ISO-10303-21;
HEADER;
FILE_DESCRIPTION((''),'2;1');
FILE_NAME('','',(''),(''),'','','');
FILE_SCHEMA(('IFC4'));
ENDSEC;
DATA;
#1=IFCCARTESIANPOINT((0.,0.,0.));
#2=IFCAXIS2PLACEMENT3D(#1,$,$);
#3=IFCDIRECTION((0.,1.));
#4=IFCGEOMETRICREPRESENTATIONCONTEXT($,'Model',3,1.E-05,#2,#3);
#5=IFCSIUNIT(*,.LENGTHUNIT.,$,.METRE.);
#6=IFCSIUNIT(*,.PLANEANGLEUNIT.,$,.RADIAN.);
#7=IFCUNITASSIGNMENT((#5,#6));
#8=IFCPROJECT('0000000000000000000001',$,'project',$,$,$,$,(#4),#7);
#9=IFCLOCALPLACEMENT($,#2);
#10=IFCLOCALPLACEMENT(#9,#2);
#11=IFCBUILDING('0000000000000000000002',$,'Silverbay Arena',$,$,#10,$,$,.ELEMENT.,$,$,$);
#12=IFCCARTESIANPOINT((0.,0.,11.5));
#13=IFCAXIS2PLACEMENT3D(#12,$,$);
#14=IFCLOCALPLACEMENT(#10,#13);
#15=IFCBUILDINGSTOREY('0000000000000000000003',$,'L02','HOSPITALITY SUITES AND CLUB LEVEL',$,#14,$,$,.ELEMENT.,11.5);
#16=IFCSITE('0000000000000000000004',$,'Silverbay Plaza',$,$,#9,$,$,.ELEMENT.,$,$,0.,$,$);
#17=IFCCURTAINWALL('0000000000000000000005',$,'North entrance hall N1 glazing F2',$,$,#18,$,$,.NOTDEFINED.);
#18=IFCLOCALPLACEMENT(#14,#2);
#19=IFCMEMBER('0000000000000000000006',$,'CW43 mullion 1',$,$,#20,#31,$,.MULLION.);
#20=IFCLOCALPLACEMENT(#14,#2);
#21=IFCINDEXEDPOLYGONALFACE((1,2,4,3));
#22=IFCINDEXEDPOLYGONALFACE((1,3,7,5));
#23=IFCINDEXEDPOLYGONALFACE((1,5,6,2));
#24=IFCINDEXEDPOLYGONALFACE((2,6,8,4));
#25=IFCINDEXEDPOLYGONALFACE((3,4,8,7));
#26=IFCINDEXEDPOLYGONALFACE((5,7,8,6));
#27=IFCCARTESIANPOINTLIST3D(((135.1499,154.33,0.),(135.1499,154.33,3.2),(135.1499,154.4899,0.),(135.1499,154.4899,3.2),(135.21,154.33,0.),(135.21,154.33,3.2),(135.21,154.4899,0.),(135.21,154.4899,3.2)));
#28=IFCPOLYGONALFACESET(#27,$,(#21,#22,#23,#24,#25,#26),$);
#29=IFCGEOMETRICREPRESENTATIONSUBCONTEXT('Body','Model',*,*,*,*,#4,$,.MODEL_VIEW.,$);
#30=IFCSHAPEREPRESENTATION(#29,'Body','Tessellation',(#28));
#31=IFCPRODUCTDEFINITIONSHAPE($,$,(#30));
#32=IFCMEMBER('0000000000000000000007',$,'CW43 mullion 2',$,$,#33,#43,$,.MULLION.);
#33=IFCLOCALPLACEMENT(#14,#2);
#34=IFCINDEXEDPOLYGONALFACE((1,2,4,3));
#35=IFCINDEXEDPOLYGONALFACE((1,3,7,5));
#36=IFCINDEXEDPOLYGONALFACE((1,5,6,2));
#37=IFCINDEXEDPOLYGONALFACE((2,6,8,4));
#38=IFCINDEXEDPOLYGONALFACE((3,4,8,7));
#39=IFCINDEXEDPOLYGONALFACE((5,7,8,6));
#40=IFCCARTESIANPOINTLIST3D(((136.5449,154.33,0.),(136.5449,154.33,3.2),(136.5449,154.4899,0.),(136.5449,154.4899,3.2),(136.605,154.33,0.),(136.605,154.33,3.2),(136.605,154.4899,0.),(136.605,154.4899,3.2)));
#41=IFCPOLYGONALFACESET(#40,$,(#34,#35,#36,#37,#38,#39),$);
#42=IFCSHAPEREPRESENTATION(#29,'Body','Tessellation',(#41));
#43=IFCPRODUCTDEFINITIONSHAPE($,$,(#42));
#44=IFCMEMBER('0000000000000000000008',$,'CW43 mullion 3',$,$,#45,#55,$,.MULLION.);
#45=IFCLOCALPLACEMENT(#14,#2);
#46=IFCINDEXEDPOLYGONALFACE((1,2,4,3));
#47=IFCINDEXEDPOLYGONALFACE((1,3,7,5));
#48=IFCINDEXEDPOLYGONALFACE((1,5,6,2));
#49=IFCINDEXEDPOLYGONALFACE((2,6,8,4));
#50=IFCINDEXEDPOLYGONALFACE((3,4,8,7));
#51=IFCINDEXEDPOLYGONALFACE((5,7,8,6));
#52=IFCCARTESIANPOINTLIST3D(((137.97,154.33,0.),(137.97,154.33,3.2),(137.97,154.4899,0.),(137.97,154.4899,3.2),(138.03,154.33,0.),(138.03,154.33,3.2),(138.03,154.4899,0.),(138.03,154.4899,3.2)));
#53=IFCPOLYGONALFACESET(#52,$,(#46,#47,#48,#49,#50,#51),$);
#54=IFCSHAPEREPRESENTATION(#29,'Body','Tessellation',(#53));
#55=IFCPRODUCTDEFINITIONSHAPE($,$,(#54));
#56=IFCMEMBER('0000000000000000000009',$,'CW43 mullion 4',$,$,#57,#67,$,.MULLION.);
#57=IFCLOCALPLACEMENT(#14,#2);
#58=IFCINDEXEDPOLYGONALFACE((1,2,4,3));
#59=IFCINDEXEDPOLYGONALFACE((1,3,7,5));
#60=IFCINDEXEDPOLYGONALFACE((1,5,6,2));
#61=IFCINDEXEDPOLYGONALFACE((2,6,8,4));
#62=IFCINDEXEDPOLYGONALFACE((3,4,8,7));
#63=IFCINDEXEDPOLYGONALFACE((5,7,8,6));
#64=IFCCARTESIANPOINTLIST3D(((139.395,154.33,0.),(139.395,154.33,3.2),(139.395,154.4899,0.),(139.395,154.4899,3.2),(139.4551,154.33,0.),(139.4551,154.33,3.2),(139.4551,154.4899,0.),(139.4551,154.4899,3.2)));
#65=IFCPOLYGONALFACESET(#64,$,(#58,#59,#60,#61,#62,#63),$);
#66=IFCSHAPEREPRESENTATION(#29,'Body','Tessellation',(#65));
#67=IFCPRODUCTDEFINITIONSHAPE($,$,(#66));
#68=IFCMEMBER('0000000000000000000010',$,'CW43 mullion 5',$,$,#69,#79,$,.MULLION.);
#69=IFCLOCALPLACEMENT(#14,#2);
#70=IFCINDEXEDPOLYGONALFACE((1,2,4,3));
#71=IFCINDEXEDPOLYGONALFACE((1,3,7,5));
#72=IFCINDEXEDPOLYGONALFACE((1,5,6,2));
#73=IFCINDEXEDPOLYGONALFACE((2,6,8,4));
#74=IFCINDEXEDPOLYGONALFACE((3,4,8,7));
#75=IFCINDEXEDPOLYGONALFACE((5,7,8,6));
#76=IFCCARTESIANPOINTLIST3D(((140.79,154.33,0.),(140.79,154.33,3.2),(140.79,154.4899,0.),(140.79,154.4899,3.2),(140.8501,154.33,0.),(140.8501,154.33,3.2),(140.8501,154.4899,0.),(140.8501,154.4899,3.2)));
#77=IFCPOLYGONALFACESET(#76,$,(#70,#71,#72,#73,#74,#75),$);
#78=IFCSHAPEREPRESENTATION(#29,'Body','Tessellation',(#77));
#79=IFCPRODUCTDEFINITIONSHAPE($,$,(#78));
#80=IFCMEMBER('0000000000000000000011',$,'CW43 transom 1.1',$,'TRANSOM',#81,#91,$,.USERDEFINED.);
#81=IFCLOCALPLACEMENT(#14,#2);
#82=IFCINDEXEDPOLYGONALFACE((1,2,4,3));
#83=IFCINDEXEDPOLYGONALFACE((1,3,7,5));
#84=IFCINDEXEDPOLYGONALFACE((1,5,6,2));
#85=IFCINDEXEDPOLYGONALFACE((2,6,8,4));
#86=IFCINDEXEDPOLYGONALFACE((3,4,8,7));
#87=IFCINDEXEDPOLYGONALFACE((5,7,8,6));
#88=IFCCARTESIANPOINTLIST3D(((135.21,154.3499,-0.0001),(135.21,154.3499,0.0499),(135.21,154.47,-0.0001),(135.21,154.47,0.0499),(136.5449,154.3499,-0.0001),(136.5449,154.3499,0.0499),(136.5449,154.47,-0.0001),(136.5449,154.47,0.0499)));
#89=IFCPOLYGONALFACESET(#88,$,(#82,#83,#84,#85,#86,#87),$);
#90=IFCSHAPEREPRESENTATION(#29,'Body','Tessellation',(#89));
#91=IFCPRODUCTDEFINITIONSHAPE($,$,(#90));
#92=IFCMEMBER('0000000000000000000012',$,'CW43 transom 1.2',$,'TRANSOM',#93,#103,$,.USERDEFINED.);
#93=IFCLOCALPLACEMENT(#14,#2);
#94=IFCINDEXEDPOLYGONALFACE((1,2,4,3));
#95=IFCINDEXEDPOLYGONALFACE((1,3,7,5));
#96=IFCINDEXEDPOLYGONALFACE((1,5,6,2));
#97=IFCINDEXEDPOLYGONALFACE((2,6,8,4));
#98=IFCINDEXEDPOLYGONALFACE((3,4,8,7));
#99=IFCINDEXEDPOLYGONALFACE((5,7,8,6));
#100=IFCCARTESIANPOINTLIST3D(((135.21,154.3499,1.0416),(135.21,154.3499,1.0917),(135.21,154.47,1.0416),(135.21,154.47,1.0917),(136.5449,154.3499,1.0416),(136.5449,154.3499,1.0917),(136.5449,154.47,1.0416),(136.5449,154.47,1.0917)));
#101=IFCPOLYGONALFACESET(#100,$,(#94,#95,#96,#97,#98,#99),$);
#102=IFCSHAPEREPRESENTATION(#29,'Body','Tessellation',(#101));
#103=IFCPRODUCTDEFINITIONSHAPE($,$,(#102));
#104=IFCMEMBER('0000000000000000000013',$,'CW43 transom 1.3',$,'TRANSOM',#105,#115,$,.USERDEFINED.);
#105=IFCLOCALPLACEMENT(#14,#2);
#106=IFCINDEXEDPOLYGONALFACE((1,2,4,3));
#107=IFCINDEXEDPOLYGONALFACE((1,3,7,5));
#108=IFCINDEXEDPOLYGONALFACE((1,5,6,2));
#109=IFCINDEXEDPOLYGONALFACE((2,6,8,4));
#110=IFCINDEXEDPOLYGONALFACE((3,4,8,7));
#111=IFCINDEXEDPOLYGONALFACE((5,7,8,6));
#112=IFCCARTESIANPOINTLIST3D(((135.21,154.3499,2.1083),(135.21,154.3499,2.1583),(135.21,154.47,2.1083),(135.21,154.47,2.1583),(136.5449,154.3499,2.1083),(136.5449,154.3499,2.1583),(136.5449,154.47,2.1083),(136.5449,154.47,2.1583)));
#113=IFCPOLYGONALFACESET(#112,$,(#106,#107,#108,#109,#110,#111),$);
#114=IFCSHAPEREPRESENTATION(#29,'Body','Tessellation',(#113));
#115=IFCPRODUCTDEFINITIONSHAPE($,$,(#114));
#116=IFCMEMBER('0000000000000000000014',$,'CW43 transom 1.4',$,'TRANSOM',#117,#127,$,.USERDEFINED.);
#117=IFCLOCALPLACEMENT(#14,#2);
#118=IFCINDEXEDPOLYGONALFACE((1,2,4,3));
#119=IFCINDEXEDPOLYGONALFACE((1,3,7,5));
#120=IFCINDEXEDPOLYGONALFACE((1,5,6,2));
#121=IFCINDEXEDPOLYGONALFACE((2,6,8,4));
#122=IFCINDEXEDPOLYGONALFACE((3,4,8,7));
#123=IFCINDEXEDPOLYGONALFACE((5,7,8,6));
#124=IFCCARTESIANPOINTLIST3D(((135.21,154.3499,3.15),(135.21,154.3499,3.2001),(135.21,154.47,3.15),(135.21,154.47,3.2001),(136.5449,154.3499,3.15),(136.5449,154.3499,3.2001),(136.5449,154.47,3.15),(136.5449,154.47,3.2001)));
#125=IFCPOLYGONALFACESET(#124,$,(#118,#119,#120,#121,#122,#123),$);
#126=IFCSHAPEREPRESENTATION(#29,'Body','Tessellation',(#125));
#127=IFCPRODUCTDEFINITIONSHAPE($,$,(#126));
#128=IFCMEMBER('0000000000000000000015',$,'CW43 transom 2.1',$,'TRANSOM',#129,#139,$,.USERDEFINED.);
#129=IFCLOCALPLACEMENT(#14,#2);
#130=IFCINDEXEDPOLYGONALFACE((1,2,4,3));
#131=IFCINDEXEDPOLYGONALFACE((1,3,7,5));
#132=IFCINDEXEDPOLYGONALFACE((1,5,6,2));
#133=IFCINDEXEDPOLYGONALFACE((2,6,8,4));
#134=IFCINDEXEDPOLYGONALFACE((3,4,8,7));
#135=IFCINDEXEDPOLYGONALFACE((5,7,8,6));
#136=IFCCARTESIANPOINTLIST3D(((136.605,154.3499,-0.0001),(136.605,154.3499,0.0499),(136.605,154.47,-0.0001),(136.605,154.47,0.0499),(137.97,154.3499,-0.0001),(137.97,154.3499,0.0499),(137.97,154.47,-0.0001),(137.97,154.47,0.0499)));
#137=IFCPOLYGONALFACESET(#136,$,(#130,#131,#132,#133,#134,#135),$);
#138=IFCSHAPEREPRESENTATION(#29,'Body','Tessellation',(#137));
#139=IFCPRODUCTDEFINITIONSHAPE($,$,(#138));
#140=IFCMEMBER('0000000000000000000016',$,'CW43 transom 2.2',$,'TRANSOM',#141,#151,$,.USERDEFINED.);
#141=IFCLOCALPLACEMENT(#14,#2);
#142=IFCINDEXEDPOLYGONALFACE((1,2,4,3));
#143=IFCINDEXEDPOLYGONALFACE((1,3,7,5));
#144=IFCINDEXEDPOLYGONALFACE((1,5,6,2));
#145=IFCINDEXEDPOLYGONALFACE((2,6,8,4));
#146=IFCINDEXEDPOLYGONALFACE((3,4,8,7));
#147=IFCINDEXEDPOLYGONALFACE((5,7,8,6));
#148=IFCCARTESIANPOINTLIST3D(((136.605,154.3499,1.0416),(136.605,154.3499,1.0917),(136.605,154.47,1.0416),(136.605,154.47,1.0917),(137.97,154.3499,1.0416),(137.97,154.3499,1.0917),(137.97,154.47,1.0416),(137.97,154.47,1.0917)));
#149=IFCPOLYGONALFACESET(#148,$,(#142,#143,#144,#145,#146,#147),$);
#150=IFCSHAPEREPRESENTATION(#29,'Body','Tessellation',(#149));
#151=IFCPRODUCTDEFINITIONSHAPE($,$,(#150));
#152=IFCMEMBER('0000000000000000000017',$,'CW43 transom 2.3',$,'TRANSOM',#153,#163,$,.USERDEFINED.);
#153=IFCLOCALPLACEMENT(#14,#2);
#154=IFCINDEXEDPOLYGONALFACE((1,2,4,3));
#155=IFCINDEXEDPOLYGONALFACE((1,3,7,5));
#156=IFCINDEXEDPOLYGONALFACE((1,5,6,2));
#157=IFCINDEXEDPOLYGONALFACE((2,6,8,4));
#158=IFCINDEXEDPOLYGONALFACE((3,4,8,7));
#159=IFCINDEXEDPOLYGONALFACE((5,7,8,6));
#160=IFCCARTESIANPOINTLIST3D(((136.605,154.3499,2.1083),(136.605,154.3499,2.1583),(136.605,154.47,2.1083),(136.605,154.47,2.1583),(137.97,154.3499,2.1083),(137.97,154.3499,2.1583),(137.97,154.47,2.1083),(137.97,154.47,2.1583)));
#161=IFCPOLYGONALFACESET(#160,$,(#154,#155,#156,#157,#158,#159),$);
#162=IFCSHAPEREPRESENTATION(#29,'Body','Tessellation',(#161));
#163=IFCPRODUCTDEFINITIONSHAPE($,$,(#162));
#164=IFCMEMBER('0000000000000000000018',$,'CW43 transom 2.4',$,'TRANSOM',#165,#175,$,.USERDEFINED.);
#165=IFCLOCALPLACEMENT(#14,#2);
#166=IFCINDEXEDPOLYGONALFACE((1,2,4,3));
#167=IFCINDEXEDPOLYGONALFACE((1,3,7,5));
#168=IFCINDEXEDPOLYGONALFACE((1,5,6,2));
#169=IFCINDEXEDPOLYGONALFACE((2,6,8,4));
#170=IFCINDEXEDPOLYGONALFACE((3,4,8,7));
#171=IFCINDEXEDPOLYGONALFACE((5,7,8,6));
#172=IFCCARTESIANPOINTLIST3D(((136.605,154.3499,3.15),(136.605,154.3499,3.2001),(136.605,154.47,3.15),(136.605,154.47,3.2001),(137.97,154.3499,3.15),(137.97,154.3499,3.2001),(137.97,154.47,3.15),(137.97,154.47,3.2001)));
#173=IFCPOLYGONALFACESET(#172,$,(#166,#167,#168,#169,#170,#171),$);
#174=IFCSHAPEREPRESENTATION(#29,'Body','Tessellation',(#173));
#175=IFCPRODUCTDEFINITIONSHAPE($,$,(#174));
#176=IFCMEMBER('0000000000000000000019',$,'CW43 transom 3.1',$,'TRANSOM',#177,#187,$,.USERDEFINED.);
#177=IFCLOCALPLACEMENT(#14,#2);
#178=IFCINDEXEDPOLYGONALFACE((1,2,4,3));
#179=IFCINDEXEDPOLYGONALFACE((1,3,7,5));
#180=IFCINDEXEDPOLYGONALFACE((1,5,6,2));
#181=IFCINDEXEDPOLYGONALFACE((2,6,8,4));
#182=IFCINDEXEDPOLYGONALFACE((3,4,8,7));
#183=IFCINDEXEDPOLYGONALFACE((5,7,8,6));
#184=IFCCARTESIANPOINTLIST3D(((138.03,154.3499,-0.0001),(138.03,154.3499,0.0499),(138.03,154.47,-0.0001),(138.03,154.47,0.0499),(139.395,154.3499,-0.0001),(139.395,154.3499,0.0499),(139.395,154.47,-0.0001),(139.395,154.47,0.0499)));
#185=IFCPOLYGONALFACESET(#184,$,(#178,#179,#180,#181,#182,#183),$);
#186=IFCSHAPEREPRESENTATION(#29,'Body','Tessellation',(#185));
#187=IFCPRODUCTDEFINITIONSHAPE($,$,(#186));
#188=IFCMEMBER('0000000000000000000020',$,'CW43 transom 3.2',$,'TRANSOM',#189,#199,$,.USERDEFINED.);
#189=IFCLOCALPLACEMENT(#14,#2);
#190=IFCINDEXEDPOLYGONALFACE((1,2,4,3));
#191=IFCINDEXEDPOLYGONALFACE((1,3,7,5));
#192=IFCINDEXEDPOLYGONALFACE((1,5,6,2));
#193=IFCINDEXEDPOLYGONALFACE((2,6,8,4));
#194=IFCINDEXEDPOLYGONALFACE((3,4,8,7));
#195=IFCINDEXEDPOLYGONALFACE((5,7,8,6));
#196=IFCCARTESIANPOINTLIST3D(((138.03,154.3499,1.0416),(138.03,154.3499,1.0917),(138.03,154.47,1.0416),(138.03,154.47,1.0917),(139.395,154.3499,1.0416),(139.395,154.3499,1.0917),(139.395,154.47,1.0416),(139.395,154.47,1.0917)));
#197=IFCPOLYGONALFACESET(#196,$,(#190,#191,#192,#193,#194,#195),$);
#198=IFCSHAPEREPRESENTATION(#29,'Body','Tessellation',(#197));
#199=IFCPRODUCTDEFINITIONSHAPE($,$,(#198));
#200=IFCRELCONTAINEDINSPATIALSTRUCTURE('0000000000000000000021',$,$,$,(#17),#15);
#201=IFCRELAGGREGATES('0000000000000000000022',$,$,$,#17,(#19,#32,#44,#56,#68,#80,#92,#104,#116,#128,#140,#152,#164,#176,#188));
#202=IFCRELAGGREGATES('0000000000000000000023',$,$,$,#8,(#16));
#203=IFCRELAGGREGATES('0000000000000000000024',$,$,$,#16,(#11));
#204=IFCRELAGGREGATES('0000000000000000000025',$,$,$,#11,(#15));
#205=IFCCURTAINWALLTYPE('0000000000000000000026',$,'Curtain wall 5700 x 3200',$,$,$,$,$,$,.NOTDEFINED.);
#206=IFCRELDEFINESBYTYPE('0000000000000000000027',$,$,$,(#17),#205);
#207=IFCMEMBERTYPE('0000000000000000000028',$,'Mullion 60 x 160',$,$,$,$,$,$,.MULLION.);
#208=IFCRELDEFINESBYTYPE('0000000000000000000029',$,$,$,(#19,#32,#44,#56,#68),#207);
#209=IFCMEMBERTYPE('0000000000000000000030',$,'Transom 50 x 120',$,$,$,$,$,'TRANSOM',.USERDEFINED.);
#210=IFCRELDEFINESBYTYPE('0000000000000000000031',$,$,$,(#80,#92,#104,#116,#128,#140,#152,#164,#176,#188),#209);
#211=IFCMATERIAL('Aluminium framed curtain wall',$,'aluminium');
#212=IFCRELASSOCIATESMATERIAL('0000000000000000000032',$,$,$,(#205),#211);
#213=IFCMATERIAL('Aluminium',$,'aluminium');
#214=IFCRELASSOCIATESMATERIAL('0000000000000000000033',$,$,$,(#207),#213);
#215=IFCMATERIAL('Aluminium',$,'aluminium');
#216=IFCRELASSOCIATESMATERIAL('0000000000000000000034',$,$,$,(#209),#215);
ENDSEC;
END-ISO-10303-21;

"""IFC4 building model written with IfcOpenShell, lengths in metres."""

from ifc_helpers import new_model, si_unit, direction, frame, origin, origin_2d, place, context, subcontext, project, spatial, rectangle, extrude, material, material_profile, profile_set, type_object, element, aggregate, save


model = new_model("IFC4")

# Units and contexts
model_context = context("Model", 3, precision=1e-05, world=origin(), true_north=direction((0.0, 1.0)))
body_context = subcontext(model_context, "Body", "Model", "MODEL_VIEW")
ifc_project = project(units=[si_unit("LENGTHUNIT", "METRE"), si_unit("PLANEANGLEUNIT", "RADIAN")], contexts=[model_context])

# Site, building, storey
site_placement = place(None, origin())
site = spatial("IfcSite", under=ifc_project, at=site_placement, Name="Silverbay Plaza", CompositionType="ELEMENT", RefElevation=0.0)
building_placement = place(site_placement, origin())
building = spatial("IfcBuilding", under=site, at=building_placement, Name="Silverbay Arena", CompositionType="ELEMENT")
storey_placement = place(building_placement, frame((0.0, 0.0, 11.5)))
storey = spatial("IfcBuildingStorey", under=building, at=storey_placement, Name="L02", Description="HOSPITALITY SUITES AND CLUB LEVEL", CompositionType="ELEMENT", Elevation=11.5)

# Curtain wall, members
ifc_material_1 = material(Name="Aluminium framed curtain wall", Category="aluminium")
curtain_wall_type = type_object("IfcCurtainWallType", Name="Curtain wall 5700 x 3200", PredefinedType="NOTDEFINED", material=ifc_material_1)
curtain_wall_placement = place(storey_placement, origin())
curtain_wall = element("IfcCurtainWall", 1, at=curtain_wall_placement, inside=storey, type_object=curtain_wall_type, Name="North entrance hall N1 glazing F2", PredefinedType="NOTDEFINED")
ifc_material_2 = material(Name="Aluminium", Category="aluminium")
ifc_material_profile_1 = material_profile(ifc_material_2, rectangle(XDim=0.1599, YDim=0.0601, at=origin_2d()), Name="Mullion 60 x 160")
ifc_profile_set_1 = profile_set([ifc_material_profile_1], Name="Aluminium")
member_type_1 = type_object("IfcMemberType", Name="Mullion 60 x 160", PredefinedType="MULLION", material=ifc_profile_set_1)
member_1_placement = place(storey_placement, frame((135.1799, 154.4099, 0.0), z_axis=(0.0, 0.0, 1.0), x_axis=(0.0, 1.0, 0.0)))
member_1 = element("IfcMember", 2, at=member_1_placement, type_object=member_type_1, Name="CW43 mullion 1", PredefinedType="MULLION", context=body_context, shape_type="SweptSolid", body=[
    extrude(rectangle(XDim=0.1599, YDim=0.0601, at=origin_2d()), origin(), (0.0, 0.0, 1.0), 3.2),
])
member_2_placement = place(storey_placement, frame((136.575, 154.4099, 0.0), z_axis=(0.0, 0.0, 1.0), x_axis=(0.0, 1.0, 0.0)))
member_2 = element("IfcMember", 3, at=member_2_placement, type_object=member_type_1, Name="CW43 mullion 2", PredefinedType="MULLION", context=body_context, shape_type="SweptSolid", body=[
    extrude(rectangle(XDim=0.1599, YDim=0.0601, at=origin_2d()), origin(), (0.0, 0.0, 1.0), 3.2),
])
member_3_placement = place(storey_placement, frame((138.0, 154.4099, 0.0), z_axis=(0.0, 0.0, 1.0), x_axis=(0.0, 1.0, 0.0)))
member_3 = element("IfcMember", 4, at=member_3_placement, type_object=member_type_1, Name="CW43 mullion 3", PredefinedType="MULLION", context=body_context, shape_type="SweptSolid", body=[
    extrude(rectangle(XDim=0.1599, YDim=0.0601, at=origin_2d()), origin(), (0.0, 0.0, 1.0), 3.2),
])
member_4_placement = place(storey_placement, frame((139.425, 154.4099, 0.0), z_axis=(0.0, 0.0, 1.0), x_axis=(0.0, 1.0, 0.0)))
member_4 = element("IfcMember", 5, at=member_4_placement, type_object=member_type_1, Name="CW43 mullion 4", PredefinedType="MULLION", context=body_context, shape_type="SweptSolid", body=[
    extrude(rectangle(XDim=0.1599, YDim=0.0601, at=origin_2d()), origin(), (0.0, 0.0, 1.0), 3.2),
])
member_5_placement = place(storey_placement, frame((140.8201, 154.4099, 0.0), z_axis=(0.0, 0.0, 1.0), x_axis=(0.0, 1.0, 0.0)))
member_5 = element("IfcMember", 6, at=member_5_placement, type_object=member_type_1, Name="CW43 mullion 5", PredefinedType="MULLION", context=body_context, shape_type="SweptSolid", body=[
    extrude(rectangle(XDim=0.1599, YDim=0.0601, at=origin_2d()), origin(), (0.0, 0.0, 1.0), 3.2),
])
ifc_material_3 = material(Name="Aluminium", Category="aluminium")
ifc_material_profile_2 = material_profile(ifc_material_3, rectangle(XDim=0.1201, YDim=0.05, at=origin_2d()), Name="Transom 50 x 120")
ifc_profile_set_2 = profile_set([ifc_material_profile_2], Name="Aluminium")
member_type_2 = type_object("IfcMemberType", Name="Transom 50 x 120", ElementType="TRANSOM", PredefinedType="USERDEFINED", material=ifc_profile_set_2)
member_6_placement = place(storey_placement, frame((135.21, 154.4099, 0.0249), z_axis=(1.0, 0.0, 0.0), x_axis=(0.0, 1.0, 0.0)))
member_6 = element("IfcMember", 7, at=member_6_placement, type_object=member_type_2, Name="CW43 transom 1.1", ObjectType="TRANSOM", PredefinedType="USERDEFINED", context=body_context, shape_type="SweptSolid", body=[
    extrude(rectangle(XDim=0.1201, YDim=0.05, at=origin_2d()), origin(), (0.0, 0.0, 1.0), 1.335),
])
member_7_placement = place(storey_placement, frame((135.21, 154.4099, 1.0667), z_axis=(1.0, 0.0, 0.0), x_axis=(0.0, 1.0, 0.0)))
member_7 = element("IfcMember", 8, at=member_7_placement, type_object=member_type_2, Name="CW43 transom 1.2", ObjectType="TRANSOM", PredefinedType="USERDEFINED", context=body_context, shape_type="SweptSolid", body=[
    extrude(rectangle(XDim=0.1201, YDim=0.05, at=origin_2d()), origin(), (0.0, 0.0, 1.0), 1.335),
])
member_8_placement = place(storey_placement, frame((135.21, 154.4099, 2.1333), z_axis=(1.0, 0.0, 0.0), x_axis=(0.0, 1.0, 0.0)))
member_8 = element("IfcMember", 9, at=member_8_placement, type_object=member_type_2, Name="CW43 transom 1.3", ObjectType="TRANSOM", PredefinedType="USERDEFINED", context=body_context, shape_type="SweptSolid", body=[
    extrude(rectangle(XDim=0.1201, YDim=0.05, at=origin_2d()), origin(), (0.0, 0.0, 1.0), 1.335),
])
member_9_placement = place(storey_placement, frame((135.21, 154.4099, 3.175), z_axis=(1.0, 0.0, 0.0), x_axis=(0.0, 1.0, 0.0)))
member_9 = element("IfcMember", 10, at=member_9_placement, type_object=member_type_2, Name="CW43 transom 1.4", ObjectType="TRANSOM", PredefinedType="USERDEFINED", context=body_context, shape_type="SweptSolid", body=[
    extrude(rectangle(XDim=0.1201, YDim=0.05, at=origin_2d()), origin(), (0.0, 0.0, 1.0), 1.335),
])
member_10_placement = place(storey_placement, frame((136.605, 154.4099, 0.0249), z_axis=(1.0, 0.0, 0.0), x_axis=(0.0, 1.0, 0.0)))
member_10 = element("IfcMember", 11, at=member_10_placement, type_object=member_type_2, Name="CW43 transom 2.1", ObjectType="TRANSOM", PredefinedType="USERDEFINED", context=body_context, shape_type="SweptSolid", body=[
    extrude(rectangle(XDim=0.1201, YDim=0.05, at=origin_2d()), origin(), (0.0, 0.0, 1.0), 1.365),
])
member_11_placement = place(storey_placement, frame((136.605, 154.4099, 1.0667), z_axis=(1.0, 0.0, 0.0), x_axis=(0.0, 1.0, 0.0)))
member_11 = element("IfcMember", 12, at=member_11_placement, type_object=member_type_2, Name="CW43 transom 2.2", ObjectType="TRANSOM", PredefinedType="USERDEFINED", context=body_context, shape_type="SweptSolid", body=[
    extrude(rectangle(XDim=0.1201, YDim=0.05, at=origin_2d()), origin(), (0.0, 0.0, 1.0), 1.365),
])
member_12_placement = place(storey_placement, frame((136.605, 154.4099, 2.1333), z_axis=(1.0, 0.0, 0.0), x_axis=(0.0, 1.0, 0.0)))
member_12 = element("IfcMember", 13, at=member_12_placement, type_object=member_type_2, Name="CW43 transom 2.3", ObjectType="TRANSOM", PredefinedType="USERDEFINED", context=body_context, shape_type="SweptSolid", body=[
    extrude(rectangle(XDim=0.1201, YDim=0.05, at=origin_2d()), origin(), (0.0, 0.0, 1.0), 1.365),
])
member_13_placement = place(storey_placement, frame((136.605, 154.4099, 3.175), z_axis=(1.0, 0.0, 0.0), x_axis=(0.0, 1.0, 0.0)))
member_13 = element("IfcMember", 14, at=member_13_placement, type_object=member_type_2, Name="CW43 transom 2.4", ObjectType="TRANSOM", PredefinedType="USERDEFINED", context=body_context, shape_type="SweptSolid", body=[
    extrude(rectangle(XDim=0.1201, YDim=0.05, at=origin_2d()), origin(), (0.0, 0.0, 1.0), 1.365),
])
member_14_placement = place(storey_placement, frame((138.03, 154.4099, 0.0249), z_axis=(1.0, 0.0, 0.0), x_axis=(0.0, 1.0, 0.0)))
member_14 = element("IfcMember", 15, at=member_14_placement, type_object=member_type_2, Name="CW43 transom 3.1", ObjectType="TRANSOM", PredefinedType="USERDEFINED", context=body_context, shape_type="SweptSolid", body=[
    extrude(rectangle(XDim=0.1201, YDim=0.05, at=origin_2d()), origin(), (0.0, 0.0, 1.0), 1.365),
])
member_15_placement = place(storey_placement, frame((138.03, 154.4099, 1.0667), z_axis=(1.0, 0.0, 0.0), x_axis=(0.0, 1.0, 0.0)))
member_15 = element("IfcMember", 16, at=member_15_placement, type_object=member_type_2, Name="CW43 transom 3.2", ObjectType="TRANSOM", PredefinedType="USERDEFINED", context=body_context, shape_type="SweptSolid", body=[
    extrude(rectangle(XDim=0.1201, YDim=0.05, at=origin_2d()), origin(), (0.0, 0.0, 1.0), 1.365),
])
aggregate(curtain_wall, [member_1, member_2, member_3, member_4, member_5, member_6, member_7, member_8, member_9, member_10, member_11, member_12, member_13, member_14, member_15])

save(model, "model.ifc")
